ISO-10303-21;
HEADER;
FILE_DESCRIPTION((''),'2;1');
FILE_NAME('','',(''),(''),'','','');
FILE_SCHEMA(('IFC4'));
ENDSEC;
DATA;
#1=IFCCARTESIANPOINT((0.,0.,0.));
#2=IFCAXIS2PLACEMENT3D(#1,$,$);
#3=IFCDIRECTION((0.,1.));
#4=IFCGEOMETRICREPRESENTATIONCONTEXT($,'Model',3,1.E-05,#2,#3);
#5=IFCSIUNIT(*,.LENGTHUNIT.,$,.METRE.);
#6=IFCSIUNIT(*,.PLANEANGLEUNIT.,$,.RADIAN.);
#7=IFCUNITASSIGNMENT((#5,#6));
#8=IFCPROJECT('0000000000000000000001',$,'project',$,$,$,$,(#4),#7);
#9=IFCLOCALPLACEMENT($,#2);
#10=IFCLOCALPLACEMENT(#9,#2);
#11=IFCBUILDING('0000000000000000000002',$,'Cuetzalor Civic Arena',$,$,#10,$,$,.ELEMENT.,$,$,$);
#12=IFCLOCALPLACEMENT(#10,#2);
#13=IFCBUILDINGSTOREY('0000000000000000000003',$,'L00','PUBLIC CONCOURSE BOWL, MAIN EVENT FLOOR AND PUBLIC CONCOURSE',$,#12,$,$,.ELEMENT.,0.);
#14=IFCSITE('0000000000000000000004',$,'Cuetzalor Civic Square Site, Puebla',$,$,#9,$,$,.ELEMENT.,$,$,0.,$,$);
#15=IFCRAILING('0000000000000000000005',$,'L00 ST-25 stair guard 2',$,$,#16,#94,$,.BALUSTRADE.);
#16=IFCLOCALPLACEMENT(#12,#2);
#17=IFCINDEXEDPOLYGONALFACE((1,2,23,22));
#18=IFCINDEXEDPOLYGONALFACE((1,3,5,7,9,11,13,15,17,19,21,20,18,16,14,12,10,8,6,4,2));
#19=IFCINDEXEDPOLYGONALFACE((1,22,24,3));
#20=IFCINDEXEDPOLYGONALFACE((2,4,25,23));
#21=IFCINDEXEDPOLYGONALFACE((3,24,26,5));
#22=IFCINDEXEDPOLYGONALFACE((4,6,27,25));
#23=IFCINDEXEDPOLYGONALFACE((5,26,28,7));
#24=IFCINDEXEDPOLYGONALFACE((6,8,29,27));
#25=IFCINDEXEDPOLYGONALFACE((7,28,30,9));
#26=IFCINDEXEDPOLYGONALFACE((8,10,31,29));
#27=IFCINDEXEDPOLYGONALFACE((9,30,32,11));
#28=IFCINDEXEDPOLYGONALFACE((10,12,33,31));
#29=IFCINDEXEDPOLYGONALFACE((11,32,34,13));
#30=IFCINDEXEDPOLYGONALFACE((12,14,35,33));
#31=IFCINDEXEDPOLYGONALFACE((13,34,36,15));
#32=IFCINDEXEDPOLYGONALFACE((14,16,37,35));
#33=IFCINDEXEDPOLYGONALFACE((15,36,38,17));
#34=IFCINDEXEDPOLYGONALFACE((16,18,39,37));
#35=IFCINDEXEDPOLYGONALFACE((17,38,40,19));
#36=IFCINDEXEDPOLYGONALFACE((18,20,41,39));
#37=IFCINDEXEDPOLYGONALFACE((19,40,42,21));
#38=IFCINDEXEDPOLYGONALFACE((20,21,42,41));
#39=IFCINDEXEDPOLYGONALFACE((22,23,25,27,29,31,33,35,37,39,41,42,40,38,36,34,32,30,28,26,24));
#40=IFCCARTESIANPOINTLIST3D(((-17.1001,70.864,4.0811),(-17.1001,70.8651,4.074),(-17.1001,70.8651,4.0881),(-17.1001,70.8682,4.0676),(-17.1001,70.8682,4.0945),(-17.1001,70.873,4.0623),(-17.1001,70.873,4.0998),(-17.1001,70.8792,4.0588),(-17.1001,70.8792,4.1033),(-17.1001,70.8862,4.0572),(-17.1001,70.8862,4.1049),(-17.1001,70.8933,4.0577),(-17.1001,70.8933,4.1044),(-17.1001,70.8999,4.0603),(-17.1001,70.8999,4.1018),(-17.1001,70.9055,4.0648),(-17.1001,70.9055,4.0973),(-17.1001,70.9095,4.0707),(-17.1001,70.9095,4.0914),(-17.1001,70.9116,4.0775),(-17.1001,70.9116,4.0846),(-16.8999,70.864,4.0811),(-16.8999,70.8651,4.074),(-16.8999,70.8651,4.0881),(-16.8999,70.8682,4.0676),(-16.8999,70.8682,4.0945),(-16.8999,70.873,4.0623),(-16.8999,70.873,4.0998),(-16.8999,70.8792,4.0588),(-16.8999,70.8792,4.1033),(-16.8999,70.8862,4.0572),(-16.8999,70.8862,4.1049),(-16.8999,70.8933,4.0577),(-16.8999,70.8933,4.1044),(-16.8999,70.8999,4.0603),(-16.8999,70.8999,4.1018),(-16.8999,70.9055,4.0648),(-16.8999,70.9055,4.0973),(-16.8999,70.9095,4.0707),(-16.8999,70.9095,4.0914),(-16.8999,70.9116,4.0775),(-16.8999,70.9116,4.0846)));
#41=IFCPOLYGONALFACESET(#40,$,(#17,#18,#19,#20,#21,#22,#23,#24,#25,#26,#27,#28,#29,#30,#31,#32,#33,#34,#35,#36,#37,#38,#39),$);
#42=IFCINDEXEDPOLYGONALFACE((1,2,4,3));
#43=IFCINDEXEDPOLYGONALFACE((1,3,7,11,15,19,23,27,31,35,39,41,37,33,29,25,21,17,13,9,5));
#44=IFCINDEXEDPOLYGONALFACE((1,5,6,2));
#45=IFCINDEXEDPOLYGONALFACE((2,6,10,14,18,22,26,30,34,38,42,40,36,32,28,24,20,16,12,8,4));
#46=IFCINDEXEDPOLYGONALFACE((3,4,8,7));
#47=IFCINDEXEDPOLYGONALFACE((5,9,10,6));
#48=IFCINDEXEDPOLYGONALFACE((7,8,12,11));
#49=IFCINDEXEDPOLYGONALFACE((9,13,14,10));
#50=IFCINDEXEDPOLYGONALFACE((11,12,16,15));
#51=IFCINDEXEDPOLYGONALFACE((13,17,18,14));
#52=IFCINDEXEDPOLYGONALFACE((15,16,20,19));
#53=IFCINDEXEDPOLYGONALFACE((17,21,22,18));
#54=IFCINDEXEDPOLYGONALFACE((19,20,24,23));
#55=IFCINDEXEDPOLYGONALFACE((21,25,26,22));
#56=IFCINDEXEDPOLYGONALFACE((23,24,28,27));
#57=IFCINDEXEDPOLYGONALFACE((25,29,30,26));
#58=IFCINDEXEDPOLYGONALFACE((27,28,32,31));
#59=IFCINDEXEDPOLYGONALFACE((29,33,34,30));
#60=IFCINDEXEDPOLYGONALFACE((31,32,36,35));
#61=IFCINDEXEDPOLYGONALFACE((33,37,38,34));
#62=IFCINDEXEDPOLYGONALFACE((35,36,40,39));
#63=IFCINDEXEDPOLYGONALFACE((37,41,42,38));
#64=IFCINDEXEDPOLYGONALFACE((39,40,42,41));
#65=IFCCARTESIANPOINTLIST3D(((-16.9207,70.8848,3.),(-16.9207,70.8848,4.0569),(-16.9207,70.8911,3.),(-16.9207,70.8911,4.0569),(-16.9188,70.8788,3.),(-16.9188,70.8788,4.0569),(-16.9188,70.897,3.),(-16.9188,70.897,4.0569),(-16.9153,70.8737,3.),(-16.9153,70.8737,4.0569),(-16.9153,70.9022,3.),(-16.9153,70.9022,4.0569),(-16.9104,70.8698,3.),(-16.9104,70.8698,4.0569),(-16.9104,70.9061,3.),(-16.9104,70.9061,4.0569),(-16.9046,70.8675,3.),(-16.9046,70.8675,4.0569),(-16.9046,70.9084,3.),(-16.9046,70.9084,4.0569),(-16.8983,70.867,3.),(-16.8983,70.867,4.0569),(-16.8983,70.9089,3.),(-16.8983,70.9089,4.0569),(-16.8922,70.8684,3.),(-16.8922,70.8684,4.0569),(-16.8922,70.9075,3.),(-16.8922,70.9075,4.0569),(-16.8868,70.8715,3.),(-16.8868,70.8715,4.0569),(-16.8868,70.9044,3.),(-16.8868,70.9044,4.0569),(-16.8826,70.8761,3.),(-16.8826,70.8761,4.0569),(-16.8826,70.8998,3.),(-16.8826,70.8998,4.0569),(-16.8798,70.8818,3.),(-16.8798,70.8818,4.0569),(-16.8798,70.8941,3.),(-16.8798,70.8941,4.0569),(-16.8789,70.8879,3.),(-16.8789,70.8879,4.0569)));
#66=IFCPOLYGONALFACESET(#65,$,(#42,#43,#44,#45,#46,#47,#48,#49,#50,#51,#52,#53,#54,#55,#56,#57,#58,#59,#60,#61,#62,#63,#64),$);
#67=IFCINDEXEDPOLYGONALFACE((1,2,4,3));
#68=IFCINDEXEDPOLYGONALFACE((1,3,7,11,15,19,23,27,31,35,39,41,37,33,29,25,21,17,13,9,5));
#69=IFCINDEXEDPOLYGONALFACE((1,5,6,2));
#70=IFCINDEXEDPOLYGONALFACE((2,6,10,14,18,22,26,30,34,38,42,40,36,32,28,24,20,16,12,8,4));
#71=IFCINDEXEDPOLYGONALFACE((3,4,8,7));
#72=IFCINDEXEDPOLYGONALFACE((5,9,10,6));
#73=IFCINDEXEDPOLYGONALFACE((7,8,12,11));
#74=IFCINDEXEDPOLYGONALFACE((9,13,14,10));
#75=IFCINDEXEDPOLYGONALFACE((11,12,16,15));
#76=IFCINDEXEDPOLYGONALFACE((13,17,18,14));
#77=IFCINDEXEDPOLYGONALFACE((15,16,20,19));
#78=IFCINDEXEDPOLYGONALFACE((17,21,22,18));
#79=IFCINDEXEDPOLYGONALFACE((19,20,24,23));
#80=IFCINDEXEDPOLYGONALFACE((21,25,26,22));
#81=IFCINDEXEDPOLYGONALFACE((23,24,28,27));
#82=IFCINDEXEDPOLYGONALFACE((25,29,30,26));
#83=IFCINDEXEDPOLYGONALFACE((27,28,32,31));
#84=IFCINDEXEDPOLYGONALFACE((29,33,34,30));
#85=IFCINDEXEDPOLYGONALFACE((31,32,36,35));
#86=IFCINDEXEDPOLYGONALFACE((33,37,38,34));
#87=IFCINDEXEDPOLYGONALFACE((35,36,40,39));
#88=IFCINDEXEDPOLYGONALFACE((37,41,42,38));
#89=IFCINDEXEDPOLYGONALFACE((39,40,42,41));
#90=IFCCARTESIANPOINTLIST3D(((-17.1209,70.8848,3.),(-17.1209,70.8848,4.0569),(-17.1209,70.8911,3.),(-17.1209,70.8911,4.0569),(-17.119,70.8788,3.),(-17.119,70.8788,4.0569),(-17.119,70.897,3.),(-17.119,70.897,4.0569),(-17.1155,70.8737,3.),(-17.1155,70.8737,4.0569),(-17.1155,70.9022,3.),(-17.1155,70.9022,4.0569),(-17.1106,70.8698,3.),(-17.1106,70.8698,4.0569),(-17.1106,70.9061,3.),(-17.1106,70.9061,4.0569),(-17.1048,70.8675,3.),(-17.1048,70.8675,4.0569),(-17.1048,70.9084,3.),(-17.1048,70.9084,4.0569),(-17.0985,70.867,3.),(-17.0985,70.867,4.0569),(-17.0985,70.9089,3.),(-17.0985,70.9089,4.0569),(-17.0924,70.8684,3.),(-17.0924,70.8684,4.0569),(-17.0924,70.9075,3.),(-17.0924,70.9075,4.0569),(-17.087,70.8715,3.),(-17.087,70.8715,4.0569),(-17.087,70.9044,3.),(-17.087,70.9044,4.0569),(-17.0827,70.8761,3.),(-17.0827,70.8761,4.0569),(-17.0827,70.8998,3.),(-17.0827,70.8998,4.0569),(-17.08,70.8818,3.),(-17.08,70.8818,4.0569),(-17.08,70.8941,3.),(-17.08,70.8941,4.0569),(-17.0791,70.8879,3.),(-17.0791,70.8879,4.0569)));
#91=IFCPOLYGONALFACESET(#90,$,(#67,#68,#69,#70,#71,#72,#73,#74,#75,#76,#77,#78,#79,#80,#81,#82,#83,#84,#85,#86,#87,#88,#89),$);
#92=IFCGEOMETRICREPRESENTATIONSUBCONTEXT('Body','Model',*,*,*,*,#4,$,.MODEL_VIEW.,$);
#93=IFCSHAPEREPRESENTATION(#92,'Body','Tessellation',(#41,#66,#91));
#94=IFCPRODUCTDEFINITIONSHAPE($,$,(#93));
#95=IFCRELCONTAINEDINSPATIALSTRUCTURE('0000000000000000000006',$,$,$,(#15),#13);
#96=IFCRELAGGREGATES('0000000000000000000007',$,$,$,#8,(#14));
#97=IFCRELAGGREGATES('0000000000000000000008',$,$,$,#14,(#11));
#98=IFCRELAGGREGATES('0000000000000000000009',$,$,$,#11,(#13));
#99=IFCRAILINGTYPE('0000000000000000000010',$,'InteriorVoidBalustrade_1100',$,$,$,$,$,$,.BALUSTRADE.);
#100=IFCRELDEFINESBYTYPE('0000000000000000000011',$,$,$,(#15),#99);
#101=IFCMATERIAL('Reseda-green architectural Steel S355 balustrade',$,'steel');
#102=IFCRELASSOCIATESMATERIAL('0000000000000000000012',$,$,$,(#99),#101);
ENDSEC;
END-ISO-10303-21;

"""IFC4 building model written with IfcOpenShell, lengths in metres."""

from ifc_helpers import new_model, si_unit, direction, frame, origin, origin_2d, place, context, subcontext, project, spatial, circle, extrude, material, type_object, element, save


model = new_model("IFC4")

# Units and contexts
model_context = context("Model", 3, precision=1e-05, world=origin(), true_north=direction((0.0, 1.0)))
body_context = subcontext(model_context, "Body", "Model", "MODEL_VIEW")
ifc_project = project(units=[si_unit("LENGTHUNIT", "METRE"), si_unit("PLANEANGLEUNIT", "RADIAN")], contexts=[model_context])

# Site, building, storey
site_placement = place(None, origin())
site = spatial("IfcSite", under=ifc_project, at=site_placement, Name="Cuetzalor Civic Square Site, Puebla", CompositionType="ELEMENT", RefElevation=0.0)
building_placement = place(site_placement, origin())
building = spatial("IfcBuilding", under=site, at=building_placement, Name="Cuetzalor Civic Arena", CompositionType="ELEMENT")
storey_placement = place(building_placement, origin())
storey = spatial("IfcBuildingStorey", under=building, at=storey_placement, Name="L00", Description="PUBLIC CONCOURSE BOWL, MAIN EVENT FLOOR AND PUBLIC CONCOURSE", CompositionType="ELEMENT", Elevation=0.0)

# Railing
ifc_material_1 = material(Name="Reseda-green architectural Steel S355 balustrade", Category="steel")
railing_type_1 = type_object("IfcRailingType", Name="InteriorVoidBalustrade_1100", PredefinedType="BALUSTRADE", material=ifc_material_1)
railing_1_placement = place(storey_placement, frame((-16.8999, 70.8879, 3.0)))
element("IfcRailing", 1, at=railing_1_placement, inside=storey, type_object=railing_type_1, Name="L00 ST-25 stair guard 2", PredefinedType="BALUSTRADE", context=body_context, shape_type="SweptSolid", body=[
    extrude(circle(Radius=0.0239, at=origin_2d()), frame((0.0, 0.0, 1.0811), z_axis=(-1.0, 0.0, 0.0), x_axis=(0.0, -1.0, 0.0)), (0.0, 0.0, 1.0), 0.2002),
    extrude(circle(Radius=0.021, at=origin_2d()), origin(), (0.0, 0.0, 1.0), 1.0569),
    extrude(circle(Radius=0.021, at=origin_2d()), frame((-0.2002, 0.0, 0.0)), (0.0, 0.0, 1.0), 1.0569),
])

save(model, "model.ifc")
